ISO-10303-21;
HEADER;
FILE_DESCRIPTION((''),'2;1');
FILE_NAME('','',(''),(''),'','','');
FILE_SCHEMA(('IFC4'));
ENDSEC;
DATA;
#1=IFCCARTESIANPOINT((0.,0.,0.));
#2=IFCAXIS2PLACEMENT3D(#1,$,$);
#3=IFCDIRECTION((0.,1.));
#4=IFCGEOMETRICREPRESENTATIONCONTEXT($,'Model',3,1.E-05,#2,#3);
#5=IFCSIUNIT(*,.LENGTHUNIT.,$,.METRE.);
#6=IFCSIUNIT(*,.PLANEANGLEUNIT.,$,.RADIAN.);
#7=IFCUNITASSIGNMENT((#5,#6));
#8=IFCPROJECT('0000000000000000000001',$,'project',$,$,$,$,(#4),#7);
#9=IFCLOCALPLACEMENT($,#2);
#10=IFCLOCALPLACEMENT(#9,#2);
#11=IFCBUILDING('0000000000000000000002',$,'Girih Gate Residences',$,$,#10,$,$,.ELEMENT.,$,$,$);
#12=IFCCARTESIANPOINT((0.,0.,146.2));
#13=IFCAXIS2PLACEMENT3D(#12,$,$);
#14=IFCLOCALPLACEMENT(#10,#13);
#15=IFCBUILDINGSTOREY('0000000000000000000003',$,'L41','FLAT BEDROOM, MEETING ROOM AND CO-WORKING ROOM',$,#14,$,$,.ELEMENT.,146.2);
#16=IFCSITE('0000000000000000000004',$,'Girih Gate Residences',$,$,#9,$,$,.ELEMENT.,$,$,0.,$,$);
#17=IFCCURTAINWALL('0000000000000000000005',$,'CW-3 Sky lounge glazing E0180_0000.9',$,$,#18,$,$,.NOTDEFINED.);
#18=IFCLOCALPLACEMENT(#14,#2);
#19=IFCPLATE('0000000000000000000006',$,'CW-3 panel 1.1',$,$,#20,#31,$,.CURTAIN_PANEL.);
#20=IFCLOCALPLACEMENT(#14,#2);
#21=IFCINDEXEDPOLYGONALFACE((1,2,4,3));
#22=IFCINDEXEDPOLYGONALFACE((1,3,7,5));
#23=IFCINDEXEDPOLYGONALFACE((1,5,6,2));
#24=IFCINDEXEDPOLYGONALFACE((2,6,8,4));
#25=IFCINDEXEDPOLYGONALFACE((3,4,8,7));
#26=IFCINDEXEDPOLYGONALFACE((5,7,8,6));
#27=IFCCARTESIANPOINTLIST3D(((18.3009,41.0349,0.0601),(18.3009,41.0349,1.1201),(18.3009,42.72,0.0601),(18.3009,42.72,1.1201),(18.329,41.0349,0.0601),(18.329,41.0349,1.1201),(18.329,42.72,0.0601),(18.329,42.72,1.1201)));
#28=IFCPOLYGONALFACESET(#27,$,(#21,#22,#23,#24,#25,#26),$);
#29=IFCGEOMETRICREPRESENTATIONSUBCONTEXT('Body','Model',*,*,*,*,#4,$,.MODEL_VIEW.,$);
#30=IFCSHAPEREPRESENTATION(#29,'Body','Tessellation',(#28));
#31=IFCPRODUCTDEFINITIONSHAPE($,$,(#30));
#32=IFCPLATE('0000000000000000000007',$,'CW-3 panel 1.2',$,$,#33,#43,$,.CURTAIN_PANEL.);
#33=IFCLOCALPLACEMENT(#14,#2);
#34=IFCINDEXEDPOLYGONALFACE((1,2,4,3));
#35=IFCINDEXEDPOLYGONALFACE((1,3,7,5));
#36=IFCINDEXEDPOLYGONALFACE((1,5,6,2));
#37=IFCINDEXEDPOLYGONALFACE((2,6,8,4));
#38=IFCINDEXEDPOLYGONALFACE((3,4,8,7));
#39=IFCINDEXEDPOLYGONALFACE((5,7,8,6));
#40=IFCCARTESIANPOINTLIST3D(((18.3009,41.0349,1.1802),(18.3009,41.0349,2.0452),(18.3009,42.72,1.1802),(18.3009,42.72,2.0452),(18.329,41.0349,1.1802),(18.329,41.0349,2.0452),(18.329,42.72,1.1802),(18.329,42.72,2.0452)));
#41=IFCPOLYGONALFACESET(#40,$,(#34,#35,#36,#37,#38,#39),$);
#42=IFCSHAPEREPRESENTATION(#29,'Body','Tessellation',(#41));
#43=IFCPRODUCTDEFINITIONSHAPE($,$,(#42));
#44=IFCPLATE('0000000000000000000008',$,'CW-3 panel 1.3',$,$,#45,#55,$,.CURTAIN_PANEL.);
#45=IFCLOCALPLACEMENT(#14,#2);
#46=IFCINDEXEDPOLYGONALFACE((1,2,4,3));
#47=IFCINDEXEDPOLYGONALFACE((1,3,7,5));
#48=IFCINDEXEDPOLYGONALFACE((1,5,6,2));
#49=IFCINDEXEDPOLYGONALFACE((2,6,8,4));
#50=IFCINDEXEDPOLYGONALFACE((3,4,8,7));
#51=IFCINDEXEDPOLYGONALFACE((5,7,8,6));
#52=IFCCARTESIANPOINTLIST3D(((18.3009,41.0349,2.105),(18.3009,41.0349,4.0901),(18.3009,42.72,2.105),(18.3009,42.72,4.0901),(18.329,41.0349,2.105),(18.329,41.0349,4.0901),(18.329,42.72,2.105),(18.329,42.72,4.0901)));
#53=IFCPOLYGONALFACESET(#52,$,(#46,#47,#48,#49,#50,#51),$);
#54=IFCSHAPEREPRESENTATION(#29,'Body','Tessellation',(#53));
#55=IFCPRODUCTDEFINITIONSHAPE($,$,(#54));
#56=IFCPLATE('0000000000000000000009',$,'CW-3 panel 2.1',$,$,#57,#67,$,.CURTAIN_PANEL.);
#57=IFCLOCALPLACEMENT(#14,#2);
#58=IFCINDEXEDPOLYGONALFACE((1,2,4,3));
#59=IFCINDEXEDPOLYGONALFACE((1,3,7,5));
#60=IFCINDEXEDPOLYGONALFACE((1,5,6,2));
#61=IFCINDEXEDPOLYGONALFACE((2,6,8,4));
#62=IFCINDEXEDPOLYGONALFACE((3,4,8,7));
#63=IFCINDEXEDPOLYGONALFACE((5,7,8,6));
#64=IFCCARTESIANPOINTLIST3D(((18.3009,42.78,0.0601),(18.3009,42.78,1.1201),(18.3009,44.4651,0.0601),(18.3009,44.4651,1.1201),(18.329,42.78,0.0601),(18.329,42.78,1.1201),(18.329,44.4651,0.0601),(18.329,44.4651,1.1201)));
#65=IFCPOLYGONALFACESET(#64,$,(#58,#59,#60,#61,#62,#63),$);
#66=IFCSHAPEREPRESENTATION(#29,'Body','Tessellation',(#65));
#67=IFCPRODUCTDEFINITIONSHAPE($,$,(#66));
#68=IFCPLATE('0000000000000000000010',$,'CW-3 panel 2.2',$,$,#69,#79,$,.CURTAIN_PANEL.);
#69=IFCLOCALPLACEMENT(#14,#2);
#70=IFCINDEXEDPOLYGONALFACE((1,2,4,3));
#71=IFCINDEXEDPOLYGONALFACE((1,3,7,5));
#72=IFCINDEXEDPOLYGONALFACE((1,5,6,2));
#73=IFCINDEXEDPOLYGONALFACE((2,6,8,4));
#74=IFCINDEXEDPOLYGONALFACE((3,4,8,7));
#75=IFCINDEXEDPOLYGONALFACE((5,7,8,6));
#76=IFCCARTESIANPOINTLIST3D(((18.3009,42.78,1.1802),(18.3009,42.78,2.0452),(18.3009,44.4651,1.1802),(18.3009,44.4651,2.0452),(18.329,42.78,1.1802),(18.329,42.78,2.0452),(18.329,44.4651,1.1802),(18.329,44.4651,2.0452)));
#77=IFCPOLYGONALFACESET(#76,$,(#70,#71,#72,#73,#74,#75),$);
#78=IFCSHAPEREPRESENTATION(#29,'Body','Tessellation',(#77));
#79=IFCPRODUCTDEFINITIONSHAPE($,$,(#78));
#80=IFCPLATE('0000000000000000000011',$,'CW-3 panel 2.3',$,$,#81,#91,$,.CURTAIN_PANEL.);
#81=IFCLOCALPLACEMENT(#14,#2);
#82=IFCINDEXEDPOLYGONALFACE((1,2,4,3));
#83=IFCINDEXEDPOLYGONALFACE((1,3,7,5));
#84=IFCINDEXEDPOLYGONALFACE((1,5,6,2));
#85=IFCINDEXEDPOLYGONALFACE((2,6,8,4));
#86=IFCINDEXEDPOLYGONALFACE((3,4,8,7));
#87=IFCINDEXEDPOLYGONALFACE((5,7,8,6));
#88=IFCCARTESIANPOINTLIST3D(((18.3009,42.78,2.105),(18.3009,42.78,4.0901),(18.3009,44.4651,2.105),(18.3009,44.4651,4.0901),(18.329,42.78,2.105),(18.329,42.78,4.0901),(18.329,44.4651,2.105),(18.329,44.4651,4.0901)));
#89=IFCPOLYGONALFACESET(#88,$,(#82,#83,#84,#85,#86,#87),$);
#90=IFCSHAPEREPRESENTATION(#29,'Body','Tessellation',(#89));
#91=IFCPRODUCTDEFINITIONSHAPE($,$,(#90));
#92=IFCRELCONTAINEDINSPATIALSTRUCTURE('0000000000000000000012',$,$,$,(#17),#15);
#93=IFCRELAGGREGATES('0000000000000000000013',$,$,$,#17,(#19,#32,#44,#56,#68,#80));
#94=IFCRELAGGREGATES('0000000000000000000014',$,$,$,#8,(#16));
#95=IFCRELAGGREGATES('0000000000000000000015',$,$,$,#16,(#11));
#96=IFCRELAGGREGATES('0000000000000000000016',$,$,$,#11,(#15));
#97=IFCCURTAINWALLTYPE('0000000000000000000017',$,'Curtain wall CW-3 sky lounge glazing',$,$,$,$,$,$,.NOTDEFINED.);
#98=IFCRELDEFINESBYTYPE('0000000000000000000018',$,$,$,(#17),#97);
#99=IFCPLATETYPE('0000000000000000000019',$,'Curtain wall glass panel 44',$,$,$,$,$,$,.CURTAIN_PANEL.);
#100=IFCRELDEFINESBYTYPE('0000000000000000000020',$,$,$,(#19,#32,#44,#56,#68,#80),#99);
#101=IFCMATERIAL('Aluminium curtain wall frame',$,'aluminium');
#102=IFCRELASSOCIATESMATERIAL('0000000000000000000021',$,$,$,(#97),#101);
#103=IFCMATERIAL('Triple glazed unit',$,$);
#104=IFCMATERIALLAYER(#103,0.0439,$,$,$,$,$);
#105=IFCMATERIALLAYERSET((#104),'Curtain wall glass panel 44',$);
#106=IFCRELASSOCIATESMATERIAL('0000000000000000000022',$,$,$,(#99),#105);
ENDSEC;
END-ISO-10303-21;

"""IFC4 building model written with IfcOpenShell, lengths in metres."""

from ifc_helpers import new_model, si_unit, direction, frame, origin, origin_2d, place, context, subcontext, project, spatial, rectangle, extrude, material, layer, layer_set, type_object, element, aggregate, save


model = new_model("IFC4")

# Units and contexts
model_context = context("Model", 3, precision=1e-05, world=origin(), true_north=direction((0.0, 1.0)))
body_context = subcontext(model_context, "Body", "Model", "MODEL_VIEW")
ifc_project = project(units=[si_unit("LENGTHUNIT", "METRE"), si_unit("PLANEANGLEUNIT", "RADIAN")], contexts=[model_context])

# Site, building, storey
site_placement = place(None, origin())
site = spatial("IfcSite", under=ifc_project, at=site_placement, Name="Girih Gate Residences", CompositionType="ELEMENT", RefElevation=0.0)
building_placement = place(site_placement, origin())
building = spatial("IfcBuilding", under=site, at=building_placement, Name="Girih Gate Residences", CompositionType="ELEMENT")
storey_placement = place(building_placement, frame((0.0, 0.0, 146.2)))
storey = spatial("IfcBuildingStorey", under=building, at=storey_placement, Name="L41", Description="FLAT BEDROOM, MEETING ROOM AND CO-WORKING ROOM", CompositionType="ELEMENT", Elevation=146.2)

# Curtain wall
ifc_material_1 = material(Name="Aluminium curtain wall frame", Category="aluminium")
curtain_wall_type = type_object("IfcCurtainWallType", Name="Curtain wall CW-3 sky lounge glazing", PredefinedType="NOTDEFINED", material=ifc_material_1)
curtain_wall_placement = place(storey_placement, origin())
curtain_wall = element("IfcCurtainWall", 1, at=curtain_wall_placement, inside=storey, type_object=curtain_wall_type, Name="CW-3 Sky lounge glazing E0180_0000.9", PredefinedType="NOTDEFINED")

# Plates
ifc_material_2 = material(Name="Triple glazed unit")
ifc_layer_1 = layer(ifc_material_2, 0.0439)
ifc_layer_set_1 = layer_set([ifc_layer_1], Name="Curtain wall glass panel 44")
plate_type = type_object("IfcPlateType", Name="Curtain wall glass panel 44", PredefinedType="CURTAIN_PANEL", material=ifc_layer_set_1)
plate_1_placement = place(storey_placement, frame((18.3149, 41.8774, 0.0601), z_axis=(0.0, 0.0, 1.0), x_axis=(0.0, 1.0, 0.0)))
plate_1 = element("IfcPlate", 2, at=plate_1_placement, type_object=plate_type, Name="CW-3 panel 1.1", PredefinedType="CURTAIN_PANEL", context=body_context, shape_type="SweptSolid", body=[
    extrude(rectangle(XDim=1.6851, YDim=0.0281, at=origin_2d()), origin(), (0.0, 0.0, 1.0), 1.0601),
])
plate_2_placement = place(storey_placement, frame((18.3149, 41.8774, 1.1802), z_axis=(0.0, 0.0, 1.0), x_axis=(0.0, 1.0, 0.0)))
plate_2 = element("IfcPlate", 3, at=plate_2_placement, type_object=plate_type, Name="CW-3 panel 1.2", PredefinedType="CURTAIN_PANEL", context=body_context, shape_type="SweptSolid", body=[
    extrude(rectangle(XDim=1.6851, YDim=0.0281, at=origin_2d()), origin(), (0.0, 0.0, 1.0), 0.865),
])
plate_3_placement = place(storey_placement, frame((18.3149, 41.8774, 2.105), z_axis=(0.0, 0.0, 1.0), x_axis=(0.0, 1.0, 0.0)))
plate_3 = element("IfcPlate", 4, at=plate_3_placement, type_object=plate_type, Name="CW-3 panel 1.3", PredefinedType="CURTAIN_PANEL", context=body_context, shape_type="SweptSolid", body=[
    extrude(rectangle(XDim=1.6851, YDim=0.0281, at=origin_2d()), origin(), (0.0, 0.0, 1.0), 1.9851),
])
plate_4_placement = place(storey_placement, frame((18.3149, 43.6226, 0.0601), z_axis=(0.0, 0.0, 1.0), x_axis=(0.0, 1.0, 0.0)))
plate_4 = element("IfcPlate", 5, at=plate_4_placement, type_object=plate_type, Name="CW-3 panel 2.1", PredefinedType="CURTAIN_PANEL", context=body_context, shape_type="SweptSolid", body=[
    extrude(rectangle(XDim=1.6851, YDim=0.0281, at=origin_2d()), origin(), (0.0, 0.0, 1.0), 1.0601),
])
plate_5_placement = place(storey_placement, frame((18.3149, 43.6226, 1.1802), z_axis=(0.0, 0.0, 1.0), x_axis=(0.0, 1.0, 0.0)))
plate_5 = element("IfcPlate", 6, at=plate_5_placement, type_object=plate_type, Name="CW-3 panel 2.2", PredefinedType="CURTAIN_PANEL", context=body_context, shape_type="SweptSolid", body=[
    extrude(rectangle(XDim=1.6851, YDim=0.0281, at=origin_2d()), origin(), (0.0, 0.0, 1.0), 0.865),
])
plate_6_placement = place(storey_placement, frame((18.3149, 43.6226, 2.105), z_axis=(0.0, 0.0, 1.0), x_axis=(0.0, 1.0, 0.0)))
plate_6 = element("IfcPlate", 7, at=plate_6_placement, type_object=plate_type, Name="CW-3 panel 2.3", PredefinedType="CURTAIN_PANEL", context=body_context, shape_type="SweptSolid", body=[
    extrude(rectangle(XDim=1.6851, YDim=0.0281, at=origin_2d()), origin(), (0.0, 0.0, 1.0), 1.9851),
])
aggregate(curtain_wall, [plate_1, plate_2, plate_3, plate_4, plate_5, plate_6])

save(model, "model.ifc")
